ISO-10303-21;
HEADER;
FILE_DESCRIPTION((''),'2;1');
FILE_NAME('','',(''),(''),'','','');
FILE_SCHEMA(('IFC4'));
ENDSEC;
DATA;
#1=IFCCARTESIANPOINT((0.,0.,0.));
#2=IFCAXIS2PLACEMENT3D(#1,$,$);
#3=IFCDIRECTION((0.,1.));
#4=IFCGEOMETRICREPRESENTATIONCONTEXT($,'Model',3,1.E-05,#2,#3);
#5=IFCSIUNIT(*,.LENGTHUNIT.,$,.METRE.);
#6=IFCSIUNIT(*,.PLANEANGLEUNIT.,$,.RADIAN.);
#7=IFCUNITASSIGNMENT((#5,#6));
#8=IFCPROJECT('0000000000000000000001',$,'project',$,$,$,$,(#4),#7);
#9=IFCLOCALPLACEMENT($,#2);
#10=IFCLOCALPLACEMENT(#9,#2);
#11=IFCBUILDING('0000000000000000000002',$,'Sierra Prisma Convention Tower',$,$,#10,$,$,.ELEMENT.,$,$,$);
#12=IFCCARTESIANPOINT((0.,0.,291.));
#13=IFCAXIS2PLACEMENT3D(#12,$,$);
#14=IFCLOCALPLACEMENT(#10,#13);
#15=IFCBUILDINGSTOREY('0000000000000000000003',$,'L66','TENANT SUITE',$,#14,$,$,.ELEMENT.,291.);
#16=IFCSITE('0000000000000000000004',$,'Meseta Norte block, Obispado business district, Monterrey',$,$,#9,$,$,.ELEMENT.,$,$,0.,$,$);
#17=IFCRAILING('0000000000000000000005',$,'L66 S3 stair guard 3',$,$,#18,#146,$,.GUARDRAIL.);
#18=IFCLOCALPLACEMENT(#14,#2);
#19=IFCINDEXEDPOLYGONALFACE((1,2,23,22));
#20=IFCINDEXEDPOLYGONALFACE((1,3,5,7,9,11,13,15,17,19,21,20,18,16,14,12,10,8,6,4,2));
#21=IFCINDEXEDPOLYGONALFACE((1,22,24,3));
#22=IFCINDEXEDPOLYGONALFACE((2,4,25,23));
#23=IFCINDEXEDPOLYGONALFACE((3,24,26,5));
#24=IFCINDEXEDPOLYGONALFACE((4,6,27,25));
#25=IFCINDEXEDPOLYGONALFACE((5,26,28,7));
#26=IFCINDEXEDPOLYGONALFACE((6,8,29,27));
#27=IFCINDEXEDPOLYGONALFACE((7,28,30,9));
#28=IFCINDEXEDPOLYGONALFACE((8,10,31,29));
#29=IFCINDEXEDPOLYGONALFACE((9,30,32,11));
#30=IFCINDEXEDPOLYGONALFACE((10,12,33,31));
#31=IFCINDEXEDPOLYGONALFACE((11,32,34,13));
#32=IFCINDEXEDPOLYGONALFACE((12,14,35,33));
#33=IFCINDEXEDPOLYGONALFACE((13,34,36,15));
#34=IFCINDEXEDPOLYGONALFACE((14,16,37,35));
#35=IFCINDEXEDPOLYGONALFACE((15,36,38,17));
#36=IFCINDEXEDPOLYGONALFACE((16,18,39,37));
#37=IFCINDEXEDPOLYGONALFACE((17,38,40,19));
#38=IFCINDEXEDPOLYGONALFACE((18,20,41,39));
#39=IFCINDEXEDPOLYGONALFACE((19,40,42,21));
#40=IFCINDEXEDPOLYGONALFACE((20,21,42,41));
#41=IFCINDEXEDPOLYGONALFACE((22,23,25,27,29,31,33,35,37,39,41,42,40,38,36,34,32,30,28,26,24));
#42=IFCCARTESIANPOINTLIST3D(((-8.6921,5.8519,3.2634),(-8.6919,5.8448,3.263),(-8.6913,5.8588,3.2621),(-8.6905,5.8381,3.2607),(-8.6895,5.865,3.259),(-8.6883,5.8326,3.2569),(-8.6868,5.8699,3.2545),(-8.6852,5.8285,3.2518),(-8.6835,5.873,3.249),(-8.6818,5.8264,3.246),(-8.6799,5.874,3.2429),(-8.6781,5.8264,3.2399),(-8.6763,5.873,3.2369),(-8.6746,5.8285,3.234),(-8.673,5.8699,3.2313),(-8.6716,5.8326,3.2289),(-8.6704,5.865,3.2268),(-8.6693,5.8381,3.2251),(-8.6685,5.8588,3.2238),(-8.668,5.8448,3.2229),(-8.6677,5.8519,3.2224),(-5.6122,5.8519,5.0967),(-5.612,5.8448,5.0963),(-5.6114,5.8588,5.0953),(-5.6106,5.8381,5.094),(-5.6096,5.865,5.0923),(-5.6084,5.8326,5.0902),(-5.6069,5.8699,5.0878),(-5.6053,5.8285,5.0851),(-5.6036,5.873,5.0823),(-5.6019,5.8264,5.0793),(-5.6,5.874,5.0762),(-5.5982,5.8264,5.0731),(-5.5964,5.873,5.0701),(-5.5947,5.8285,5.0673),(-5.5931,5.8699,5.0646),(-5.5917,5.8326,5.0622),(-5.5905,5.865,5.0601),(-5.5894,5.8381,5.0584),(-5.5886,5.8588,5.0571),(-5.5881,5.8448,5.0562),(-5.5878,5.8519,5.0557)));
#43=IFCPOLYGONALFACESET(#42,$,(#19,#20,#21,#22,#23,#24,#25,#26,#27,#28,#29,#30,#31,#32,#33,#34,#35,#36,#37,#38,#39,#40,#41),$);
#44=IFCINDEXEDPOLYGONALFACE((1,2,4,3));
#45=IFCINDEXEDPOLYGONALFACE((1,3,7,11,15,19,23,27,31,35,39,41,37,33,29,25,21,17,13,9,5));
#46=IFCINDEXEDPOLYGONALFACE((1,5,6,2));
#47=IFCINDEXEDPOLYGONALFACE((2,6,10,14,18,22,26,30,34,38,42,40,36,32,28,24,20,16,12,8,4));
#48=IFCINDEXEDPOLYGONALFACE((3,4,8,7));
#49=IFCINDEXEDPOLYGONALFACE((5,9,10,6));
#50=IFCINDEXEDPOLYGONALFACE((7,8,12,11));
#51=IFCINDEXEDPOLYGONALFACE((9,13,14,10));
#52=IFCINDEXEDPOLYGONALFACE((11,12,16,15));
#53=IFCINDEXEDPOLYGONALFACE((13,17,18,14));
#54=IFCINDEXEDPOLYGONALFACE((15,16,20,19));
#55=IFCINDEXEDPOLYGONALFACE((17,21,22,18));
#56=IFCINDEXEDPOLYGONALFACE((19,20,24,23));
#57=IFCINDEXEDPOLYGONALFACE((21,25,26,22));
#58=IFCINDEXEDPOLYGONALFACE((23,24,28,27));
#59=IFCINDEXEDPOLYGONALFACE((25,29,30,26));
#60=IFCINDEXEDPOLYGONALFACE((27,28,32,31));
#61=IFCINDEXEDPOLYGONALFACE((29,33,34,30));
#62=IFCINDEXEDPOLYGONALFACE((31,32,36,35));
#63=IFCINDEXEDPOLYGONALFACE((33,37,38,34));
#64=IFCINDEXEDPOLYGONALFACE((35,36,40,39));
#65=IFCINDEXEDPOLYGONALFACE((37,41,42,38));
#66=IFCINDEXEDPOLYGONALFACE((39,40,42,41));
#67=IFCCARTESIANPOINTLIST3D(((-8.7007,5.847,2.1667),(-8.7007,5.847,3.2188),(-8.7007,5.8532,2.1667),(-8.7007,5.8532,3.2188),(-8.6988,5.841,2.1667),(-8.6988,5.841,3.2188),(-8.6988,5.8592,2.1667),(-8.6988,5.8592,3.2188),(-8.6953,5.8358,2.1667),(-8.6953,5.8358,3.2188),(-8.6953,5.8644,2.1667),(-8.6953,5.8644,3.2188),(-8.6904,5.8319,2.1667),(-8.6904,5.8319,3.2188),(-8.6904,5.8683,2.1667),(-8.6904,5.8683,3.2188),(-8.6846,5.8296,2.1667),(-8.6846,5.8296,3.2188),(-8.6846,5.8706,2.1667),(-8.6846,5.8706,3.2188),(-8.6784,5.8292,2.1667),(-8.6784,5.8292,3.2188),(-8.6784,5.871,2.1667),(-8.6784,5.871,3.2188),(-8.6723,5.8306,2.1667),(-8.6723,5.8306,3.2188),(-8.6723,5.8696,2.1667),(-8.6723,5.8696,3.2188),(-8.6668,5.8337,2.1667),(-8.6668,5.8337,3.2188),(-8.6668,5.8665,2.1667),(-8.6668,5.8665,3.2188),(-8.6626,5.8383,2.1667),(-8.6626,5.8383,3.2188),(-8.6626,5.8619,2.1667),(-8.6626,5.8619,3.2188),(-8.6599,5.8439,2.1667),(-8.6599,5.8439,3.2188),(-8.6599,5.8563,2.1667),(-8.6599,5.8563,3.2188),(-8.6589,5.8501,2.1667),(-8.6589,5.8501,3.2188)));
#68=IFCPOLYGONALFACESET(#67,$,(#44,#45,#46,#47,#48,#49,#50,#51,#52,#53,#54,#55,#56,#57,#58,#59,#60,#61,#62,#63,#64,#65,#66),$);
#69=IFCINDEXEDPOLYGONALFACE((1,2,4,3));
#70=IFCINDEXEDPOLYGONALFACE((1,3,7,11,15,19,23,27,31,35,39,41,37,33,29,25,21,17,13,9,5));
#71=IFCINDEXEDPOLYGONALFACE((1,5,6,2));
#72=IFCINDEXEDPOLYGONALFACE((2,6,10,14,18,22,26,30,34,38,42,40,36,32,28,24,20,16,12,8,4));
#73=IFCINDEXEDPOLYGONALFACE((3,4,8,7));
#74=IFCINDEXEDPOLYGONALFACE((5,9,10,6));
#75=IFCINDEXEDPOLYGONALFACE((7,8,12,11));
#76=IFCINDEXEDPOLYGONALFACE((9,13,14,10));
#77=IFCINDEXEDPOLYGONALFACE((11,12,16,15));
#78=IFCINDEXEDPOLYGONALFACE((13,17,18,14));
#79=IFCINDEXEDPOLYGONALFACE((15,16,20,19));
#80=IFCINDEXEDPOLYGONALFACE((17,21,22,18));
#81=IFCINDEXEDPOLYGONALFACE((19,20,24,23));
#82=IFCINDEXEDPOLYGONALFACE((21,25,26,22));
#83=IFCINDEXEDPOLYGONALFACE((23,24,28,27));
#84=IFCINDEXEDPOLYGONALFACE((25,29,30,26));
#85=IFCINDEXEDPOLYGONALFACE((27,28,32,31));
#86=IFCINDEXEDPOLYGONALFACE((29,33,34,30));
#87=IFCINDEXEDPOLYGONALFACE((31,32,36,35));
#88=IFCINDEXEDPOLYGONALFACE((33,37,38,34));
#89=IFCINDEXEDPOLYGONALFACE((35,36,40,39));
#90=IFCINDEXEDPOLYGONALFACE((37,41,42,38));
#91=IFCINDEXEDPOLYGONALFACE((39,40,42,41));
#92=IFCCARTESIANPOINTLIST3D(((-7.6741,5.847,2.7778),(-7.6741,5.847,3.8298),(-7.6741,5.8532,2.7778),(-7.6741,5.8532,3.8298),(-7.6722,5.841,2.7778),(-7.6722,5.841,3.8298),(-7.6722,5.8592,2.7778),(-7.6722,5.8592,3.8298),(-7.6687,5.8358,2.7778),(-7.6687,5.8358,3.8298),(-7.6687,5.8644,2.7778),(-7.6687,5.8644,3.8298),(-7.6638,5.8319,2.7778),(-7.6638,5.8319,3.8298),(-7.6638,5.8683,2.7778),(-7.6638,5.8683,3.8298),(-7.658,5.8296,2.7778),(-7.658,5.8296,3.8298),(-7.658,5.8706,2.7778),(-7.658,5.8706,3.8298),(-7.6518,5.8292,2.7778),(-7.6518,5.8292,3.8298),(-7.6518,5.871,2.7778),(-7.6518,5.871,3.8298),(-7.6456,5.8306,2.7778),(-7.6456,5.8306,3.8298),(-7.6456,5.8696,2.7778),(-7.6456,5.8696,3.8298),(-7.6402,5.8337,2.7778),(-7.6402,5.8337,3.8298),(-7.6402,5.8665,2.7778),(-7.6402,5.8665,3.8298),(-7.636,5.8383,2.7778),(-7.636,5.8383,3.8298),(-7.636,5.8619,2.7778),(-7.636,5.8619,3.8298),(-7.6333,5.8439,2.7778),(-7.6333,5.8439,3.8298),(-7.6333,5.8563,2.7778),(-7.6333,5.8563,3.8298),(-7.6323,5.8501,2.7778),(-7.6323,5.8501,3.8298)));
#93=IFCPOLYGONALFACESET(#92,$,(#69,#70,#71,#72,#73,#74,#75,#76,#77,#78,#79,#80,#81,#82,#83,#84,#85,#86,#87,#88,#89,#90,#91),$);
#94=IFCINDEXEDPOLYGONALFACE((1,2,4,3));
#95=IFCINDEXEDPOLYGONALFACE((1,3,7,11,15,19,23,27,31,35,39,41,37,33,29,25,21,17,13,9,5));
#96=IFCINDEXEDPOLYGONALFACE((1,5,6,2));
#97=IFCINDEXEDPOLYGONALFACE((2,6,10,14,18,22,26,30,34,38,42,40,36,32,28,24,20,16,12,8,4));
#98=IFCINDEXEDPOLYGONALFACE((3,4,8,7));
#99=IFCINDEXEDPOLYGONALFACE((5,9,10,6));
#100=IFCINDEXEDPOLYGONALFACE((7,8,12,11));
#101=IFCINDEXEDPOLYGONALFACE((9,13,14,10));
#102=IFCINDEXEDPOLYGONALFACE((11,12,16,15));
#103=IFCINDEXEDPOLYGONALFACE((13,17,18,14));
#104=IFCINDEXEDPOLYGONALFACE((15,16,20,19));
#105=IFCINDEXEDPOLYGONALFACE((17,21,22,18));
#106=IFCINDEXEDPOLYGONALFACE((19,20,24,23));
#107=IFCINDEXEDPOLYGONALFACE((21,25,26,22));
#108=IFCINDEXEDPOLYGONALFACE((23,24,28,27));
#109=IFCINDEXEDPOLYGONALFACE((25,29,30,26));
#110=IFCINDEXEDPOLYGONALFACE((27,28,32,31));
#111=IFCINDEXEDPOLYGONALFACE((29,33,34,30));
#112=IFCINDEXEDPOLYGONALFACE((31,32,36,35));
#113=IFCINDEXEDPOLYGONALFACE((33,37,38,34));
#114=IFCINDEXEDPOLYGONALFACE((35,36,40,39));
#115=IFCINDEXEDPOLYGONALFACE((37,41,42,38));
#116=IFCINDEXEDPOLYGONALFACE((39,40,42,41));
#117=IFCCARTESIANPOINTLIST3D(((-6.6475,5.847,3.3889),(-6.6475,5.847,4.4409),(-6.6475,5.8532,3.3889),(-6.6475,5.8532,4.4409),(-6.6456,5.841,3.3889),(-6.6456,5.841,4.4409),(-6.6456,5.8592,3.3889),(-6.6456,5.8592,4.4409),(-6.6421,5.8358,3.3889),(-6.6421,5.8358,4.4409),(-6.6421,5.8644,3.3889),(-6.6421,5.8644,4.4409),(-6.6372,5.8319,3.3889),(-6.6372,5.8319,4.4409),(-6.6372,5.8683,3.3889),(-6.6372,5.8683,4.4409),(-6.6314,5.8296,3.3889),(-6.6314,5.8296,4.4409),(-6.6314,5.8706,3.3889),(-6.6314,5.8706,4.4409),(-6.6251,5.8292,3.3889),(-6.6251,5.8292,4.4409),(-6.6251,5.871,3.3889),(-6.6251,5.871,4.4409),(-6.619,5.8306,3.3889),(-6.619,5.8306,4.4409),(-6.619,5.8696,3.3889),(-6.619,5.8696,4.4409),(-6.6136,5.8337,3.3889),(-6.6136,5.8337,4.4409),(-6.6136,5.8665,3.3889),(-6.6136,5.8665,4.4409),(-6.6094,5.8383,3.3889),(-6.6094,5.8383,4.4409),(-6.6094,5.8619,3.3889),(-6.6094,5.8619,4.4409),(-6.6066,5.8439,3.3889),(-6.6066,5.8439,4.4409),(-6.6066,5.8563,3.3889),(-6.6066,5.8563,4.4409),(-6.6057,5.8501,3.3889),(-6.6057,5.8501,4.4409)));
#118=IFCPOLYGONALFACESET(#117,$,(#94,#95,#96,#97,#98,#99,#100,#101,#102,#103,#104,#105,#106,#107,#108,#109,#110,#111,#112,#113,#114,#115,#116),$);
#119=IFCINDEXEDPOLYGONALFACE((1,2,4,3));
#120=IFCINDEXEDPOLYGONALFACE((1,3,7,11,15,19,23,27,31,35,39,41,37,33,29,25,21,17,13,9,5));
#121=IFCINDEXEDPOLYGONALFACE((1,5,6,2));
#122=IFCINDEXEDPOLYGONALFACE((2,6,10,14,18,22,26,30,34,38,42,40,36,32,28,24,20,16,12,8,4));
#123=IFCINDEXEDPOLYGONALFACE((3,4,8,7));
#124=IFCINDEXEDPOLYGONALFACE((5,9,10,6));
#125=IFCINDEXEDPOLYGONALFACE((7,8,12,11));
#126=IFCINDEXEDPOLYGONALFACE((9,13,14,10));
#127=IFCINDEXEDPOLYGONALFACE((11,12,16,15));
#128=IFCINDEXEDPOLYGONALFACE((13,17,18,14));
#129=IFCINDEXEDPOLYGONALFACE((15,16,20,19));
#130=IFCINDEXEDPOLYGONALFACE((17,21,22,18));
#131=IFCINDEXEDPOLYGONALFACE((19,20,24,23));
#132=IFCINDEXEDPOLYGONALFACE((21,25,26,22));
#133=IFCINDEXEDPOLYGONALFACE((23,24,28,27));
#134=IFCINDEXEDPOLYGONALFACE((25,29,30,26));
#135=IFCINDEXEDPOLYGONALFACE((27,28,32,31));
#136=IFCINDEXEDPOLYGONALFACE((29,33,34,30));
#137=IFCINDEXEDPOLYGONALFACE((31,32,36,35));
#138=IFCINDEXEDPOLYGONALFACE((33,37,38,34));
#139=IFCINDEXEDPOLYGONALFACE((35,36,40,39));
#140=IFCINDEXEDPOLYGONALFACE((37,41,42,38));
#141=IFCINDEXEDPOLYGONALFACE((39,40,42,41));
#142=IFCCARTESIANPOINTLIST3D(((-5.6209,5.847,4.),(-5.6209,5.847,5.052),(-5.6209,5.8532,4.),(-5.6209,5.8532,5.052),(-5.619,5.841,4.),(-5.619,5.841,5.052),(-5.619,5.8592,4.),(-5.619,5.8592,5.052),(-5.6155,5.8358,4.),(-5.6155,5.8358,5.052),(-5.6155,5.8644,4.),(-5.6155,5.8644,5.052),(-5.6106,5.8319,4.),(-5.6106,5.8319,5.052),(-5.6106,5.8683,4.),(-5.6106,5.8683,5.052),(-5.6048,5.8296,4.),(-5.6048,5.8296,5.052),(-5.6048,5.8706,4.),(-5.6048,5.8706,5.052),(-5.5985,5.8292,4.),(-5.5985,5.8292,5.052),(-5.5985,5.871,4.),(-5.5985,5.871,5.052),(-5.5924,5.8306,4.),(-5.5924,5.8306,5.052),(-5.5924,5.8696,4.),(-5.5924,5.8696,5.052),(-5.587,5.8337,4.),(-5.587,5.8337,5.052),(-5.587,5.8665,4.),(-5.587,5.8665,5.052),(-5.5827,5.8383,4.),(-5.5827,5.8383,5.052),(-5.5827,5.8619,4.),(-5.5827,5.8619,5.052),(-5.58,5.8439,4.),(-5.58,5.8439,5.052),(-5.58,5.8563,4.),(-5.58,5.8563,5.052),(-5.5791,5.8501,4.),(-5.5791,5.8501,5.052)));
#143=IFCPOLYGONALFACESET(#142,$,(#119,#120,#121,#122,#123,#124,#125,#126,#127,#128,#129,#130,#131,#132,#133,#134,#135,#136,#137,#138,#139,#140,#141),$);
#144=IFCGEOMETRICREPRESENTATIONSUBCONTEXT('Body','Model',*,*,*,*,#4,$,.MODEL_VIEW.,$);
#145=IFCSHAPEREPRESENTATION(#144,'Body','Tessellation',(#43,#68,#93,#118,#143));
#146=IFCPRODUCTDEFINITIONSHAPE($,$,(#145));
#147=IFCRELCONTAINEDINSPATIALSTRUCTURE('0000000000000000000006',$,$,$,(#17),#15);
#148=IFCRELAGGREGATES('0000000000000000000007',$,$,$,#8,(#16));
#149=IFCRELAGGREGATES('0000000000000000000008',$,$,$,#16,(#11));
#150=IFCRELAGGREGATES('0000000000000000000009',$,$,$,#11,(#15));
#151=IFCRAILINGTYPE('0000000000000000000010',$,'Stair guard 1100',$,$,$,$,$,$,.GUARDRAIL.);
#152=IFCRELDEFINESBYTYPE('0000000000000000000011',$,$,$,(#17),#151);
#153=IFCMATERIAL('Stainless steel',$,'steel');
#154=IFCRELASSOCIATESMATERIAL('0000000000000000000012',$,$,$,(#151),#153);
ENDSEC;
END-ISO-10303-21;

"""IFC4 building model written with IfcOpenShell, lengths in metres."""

from ifc_helpers import new_model, si_unit, direction, frame, origin, origin_2d, place, context, subcontext, project, spatial, circle, extrude, material, type_object, element, save


model = new_model("IFC4")

# Units and contexts
model_context = context("Model", 3, precision=1e-05, world=origin(), true_north=direction((0.0, 1.0)))
body_context = subcontext(model_context, "Body", "Model", "MODEL_VIEW")
ifc_project = project(units=[si_unit("LENGTHUNIT", "METRE"), si_unit("PLANEANGLEUNIT", "RADIAN")], contexts=[model_context])

# Site, building, storey
site_placement = place(None, origin())
site = spatial("IfcSite", under=ifc_project, at=site_placement, Name="Meseta Norte block, Obispado business district, Monterrey", CompositionType="ELEMENT", RefElevation=0.0)
building_placement = place(site_placement, origin())
building = spatial("IfcBuilding", under=site, at=building_placement, Name="Sierra Prisma Convention Tower", CompositionType="ELEMENT")
storey_placement = place(building_placement, frame((0.0, 0.0, 291.0)))
storey = spatial("IfcBuildingStorey", under=building, at=storey_placement, Name="L66", Description="TENANT SUITE", CompositionType="ELEMENT", Elevation=291.0)

# Railing
ifc_material_1 = material(Name="Stainless steel", Category="steel")
railing_type_1 = type_object("IfcRailingType", Name="Stair guard 1100", PredefinedType="GUARDRAIL", material=ifc_material_1)
railing_1_placement = place(storey_placement, frame((-8.6799, 5.8501, 2.1667)))
element("IfcRailing", 1, at=railing_1_placement, inside=storey, type_object=railing_type_1, Name="L66 S3 stair guard 3", PredefinedType="GUARDRAIL", context=body_context, shape_type="SweptSolid", body=[
    extrude(circle(Radius=0.0239, at=origin_2d()), frame((0.0, 0.0, 1.0762), z_axis=(0.859291, 0.0, 0.511487), x_axis=(0.0, 1.0, 0.0)), (0.0, 0.0, 1.0), 3.5842),
    extrude(circle(Radius=0.021, at=origin_2d()), origin(), (0.0, 0.0, 1.0), 1.052),
    extrude(circle(Radius=0.021, at=origin_2d()), frame((1.0266, 0.0, 0.6111)), (0.0, 0.0, 1.0), 1.052),
    extrude(circle(Radius=0.021, at=origin_2d()), frame((2.0532, 0.0, 1.2222)), (0.0, 0.0, 1.0), 1.052),
    extrude(circle(Radius=0.021, at=origin_2d()), frame((3.0798, 0.0, 1.8333)), (0.0, 0.0, 1.0), 1.052),
])

save(model, "model.ifc")
